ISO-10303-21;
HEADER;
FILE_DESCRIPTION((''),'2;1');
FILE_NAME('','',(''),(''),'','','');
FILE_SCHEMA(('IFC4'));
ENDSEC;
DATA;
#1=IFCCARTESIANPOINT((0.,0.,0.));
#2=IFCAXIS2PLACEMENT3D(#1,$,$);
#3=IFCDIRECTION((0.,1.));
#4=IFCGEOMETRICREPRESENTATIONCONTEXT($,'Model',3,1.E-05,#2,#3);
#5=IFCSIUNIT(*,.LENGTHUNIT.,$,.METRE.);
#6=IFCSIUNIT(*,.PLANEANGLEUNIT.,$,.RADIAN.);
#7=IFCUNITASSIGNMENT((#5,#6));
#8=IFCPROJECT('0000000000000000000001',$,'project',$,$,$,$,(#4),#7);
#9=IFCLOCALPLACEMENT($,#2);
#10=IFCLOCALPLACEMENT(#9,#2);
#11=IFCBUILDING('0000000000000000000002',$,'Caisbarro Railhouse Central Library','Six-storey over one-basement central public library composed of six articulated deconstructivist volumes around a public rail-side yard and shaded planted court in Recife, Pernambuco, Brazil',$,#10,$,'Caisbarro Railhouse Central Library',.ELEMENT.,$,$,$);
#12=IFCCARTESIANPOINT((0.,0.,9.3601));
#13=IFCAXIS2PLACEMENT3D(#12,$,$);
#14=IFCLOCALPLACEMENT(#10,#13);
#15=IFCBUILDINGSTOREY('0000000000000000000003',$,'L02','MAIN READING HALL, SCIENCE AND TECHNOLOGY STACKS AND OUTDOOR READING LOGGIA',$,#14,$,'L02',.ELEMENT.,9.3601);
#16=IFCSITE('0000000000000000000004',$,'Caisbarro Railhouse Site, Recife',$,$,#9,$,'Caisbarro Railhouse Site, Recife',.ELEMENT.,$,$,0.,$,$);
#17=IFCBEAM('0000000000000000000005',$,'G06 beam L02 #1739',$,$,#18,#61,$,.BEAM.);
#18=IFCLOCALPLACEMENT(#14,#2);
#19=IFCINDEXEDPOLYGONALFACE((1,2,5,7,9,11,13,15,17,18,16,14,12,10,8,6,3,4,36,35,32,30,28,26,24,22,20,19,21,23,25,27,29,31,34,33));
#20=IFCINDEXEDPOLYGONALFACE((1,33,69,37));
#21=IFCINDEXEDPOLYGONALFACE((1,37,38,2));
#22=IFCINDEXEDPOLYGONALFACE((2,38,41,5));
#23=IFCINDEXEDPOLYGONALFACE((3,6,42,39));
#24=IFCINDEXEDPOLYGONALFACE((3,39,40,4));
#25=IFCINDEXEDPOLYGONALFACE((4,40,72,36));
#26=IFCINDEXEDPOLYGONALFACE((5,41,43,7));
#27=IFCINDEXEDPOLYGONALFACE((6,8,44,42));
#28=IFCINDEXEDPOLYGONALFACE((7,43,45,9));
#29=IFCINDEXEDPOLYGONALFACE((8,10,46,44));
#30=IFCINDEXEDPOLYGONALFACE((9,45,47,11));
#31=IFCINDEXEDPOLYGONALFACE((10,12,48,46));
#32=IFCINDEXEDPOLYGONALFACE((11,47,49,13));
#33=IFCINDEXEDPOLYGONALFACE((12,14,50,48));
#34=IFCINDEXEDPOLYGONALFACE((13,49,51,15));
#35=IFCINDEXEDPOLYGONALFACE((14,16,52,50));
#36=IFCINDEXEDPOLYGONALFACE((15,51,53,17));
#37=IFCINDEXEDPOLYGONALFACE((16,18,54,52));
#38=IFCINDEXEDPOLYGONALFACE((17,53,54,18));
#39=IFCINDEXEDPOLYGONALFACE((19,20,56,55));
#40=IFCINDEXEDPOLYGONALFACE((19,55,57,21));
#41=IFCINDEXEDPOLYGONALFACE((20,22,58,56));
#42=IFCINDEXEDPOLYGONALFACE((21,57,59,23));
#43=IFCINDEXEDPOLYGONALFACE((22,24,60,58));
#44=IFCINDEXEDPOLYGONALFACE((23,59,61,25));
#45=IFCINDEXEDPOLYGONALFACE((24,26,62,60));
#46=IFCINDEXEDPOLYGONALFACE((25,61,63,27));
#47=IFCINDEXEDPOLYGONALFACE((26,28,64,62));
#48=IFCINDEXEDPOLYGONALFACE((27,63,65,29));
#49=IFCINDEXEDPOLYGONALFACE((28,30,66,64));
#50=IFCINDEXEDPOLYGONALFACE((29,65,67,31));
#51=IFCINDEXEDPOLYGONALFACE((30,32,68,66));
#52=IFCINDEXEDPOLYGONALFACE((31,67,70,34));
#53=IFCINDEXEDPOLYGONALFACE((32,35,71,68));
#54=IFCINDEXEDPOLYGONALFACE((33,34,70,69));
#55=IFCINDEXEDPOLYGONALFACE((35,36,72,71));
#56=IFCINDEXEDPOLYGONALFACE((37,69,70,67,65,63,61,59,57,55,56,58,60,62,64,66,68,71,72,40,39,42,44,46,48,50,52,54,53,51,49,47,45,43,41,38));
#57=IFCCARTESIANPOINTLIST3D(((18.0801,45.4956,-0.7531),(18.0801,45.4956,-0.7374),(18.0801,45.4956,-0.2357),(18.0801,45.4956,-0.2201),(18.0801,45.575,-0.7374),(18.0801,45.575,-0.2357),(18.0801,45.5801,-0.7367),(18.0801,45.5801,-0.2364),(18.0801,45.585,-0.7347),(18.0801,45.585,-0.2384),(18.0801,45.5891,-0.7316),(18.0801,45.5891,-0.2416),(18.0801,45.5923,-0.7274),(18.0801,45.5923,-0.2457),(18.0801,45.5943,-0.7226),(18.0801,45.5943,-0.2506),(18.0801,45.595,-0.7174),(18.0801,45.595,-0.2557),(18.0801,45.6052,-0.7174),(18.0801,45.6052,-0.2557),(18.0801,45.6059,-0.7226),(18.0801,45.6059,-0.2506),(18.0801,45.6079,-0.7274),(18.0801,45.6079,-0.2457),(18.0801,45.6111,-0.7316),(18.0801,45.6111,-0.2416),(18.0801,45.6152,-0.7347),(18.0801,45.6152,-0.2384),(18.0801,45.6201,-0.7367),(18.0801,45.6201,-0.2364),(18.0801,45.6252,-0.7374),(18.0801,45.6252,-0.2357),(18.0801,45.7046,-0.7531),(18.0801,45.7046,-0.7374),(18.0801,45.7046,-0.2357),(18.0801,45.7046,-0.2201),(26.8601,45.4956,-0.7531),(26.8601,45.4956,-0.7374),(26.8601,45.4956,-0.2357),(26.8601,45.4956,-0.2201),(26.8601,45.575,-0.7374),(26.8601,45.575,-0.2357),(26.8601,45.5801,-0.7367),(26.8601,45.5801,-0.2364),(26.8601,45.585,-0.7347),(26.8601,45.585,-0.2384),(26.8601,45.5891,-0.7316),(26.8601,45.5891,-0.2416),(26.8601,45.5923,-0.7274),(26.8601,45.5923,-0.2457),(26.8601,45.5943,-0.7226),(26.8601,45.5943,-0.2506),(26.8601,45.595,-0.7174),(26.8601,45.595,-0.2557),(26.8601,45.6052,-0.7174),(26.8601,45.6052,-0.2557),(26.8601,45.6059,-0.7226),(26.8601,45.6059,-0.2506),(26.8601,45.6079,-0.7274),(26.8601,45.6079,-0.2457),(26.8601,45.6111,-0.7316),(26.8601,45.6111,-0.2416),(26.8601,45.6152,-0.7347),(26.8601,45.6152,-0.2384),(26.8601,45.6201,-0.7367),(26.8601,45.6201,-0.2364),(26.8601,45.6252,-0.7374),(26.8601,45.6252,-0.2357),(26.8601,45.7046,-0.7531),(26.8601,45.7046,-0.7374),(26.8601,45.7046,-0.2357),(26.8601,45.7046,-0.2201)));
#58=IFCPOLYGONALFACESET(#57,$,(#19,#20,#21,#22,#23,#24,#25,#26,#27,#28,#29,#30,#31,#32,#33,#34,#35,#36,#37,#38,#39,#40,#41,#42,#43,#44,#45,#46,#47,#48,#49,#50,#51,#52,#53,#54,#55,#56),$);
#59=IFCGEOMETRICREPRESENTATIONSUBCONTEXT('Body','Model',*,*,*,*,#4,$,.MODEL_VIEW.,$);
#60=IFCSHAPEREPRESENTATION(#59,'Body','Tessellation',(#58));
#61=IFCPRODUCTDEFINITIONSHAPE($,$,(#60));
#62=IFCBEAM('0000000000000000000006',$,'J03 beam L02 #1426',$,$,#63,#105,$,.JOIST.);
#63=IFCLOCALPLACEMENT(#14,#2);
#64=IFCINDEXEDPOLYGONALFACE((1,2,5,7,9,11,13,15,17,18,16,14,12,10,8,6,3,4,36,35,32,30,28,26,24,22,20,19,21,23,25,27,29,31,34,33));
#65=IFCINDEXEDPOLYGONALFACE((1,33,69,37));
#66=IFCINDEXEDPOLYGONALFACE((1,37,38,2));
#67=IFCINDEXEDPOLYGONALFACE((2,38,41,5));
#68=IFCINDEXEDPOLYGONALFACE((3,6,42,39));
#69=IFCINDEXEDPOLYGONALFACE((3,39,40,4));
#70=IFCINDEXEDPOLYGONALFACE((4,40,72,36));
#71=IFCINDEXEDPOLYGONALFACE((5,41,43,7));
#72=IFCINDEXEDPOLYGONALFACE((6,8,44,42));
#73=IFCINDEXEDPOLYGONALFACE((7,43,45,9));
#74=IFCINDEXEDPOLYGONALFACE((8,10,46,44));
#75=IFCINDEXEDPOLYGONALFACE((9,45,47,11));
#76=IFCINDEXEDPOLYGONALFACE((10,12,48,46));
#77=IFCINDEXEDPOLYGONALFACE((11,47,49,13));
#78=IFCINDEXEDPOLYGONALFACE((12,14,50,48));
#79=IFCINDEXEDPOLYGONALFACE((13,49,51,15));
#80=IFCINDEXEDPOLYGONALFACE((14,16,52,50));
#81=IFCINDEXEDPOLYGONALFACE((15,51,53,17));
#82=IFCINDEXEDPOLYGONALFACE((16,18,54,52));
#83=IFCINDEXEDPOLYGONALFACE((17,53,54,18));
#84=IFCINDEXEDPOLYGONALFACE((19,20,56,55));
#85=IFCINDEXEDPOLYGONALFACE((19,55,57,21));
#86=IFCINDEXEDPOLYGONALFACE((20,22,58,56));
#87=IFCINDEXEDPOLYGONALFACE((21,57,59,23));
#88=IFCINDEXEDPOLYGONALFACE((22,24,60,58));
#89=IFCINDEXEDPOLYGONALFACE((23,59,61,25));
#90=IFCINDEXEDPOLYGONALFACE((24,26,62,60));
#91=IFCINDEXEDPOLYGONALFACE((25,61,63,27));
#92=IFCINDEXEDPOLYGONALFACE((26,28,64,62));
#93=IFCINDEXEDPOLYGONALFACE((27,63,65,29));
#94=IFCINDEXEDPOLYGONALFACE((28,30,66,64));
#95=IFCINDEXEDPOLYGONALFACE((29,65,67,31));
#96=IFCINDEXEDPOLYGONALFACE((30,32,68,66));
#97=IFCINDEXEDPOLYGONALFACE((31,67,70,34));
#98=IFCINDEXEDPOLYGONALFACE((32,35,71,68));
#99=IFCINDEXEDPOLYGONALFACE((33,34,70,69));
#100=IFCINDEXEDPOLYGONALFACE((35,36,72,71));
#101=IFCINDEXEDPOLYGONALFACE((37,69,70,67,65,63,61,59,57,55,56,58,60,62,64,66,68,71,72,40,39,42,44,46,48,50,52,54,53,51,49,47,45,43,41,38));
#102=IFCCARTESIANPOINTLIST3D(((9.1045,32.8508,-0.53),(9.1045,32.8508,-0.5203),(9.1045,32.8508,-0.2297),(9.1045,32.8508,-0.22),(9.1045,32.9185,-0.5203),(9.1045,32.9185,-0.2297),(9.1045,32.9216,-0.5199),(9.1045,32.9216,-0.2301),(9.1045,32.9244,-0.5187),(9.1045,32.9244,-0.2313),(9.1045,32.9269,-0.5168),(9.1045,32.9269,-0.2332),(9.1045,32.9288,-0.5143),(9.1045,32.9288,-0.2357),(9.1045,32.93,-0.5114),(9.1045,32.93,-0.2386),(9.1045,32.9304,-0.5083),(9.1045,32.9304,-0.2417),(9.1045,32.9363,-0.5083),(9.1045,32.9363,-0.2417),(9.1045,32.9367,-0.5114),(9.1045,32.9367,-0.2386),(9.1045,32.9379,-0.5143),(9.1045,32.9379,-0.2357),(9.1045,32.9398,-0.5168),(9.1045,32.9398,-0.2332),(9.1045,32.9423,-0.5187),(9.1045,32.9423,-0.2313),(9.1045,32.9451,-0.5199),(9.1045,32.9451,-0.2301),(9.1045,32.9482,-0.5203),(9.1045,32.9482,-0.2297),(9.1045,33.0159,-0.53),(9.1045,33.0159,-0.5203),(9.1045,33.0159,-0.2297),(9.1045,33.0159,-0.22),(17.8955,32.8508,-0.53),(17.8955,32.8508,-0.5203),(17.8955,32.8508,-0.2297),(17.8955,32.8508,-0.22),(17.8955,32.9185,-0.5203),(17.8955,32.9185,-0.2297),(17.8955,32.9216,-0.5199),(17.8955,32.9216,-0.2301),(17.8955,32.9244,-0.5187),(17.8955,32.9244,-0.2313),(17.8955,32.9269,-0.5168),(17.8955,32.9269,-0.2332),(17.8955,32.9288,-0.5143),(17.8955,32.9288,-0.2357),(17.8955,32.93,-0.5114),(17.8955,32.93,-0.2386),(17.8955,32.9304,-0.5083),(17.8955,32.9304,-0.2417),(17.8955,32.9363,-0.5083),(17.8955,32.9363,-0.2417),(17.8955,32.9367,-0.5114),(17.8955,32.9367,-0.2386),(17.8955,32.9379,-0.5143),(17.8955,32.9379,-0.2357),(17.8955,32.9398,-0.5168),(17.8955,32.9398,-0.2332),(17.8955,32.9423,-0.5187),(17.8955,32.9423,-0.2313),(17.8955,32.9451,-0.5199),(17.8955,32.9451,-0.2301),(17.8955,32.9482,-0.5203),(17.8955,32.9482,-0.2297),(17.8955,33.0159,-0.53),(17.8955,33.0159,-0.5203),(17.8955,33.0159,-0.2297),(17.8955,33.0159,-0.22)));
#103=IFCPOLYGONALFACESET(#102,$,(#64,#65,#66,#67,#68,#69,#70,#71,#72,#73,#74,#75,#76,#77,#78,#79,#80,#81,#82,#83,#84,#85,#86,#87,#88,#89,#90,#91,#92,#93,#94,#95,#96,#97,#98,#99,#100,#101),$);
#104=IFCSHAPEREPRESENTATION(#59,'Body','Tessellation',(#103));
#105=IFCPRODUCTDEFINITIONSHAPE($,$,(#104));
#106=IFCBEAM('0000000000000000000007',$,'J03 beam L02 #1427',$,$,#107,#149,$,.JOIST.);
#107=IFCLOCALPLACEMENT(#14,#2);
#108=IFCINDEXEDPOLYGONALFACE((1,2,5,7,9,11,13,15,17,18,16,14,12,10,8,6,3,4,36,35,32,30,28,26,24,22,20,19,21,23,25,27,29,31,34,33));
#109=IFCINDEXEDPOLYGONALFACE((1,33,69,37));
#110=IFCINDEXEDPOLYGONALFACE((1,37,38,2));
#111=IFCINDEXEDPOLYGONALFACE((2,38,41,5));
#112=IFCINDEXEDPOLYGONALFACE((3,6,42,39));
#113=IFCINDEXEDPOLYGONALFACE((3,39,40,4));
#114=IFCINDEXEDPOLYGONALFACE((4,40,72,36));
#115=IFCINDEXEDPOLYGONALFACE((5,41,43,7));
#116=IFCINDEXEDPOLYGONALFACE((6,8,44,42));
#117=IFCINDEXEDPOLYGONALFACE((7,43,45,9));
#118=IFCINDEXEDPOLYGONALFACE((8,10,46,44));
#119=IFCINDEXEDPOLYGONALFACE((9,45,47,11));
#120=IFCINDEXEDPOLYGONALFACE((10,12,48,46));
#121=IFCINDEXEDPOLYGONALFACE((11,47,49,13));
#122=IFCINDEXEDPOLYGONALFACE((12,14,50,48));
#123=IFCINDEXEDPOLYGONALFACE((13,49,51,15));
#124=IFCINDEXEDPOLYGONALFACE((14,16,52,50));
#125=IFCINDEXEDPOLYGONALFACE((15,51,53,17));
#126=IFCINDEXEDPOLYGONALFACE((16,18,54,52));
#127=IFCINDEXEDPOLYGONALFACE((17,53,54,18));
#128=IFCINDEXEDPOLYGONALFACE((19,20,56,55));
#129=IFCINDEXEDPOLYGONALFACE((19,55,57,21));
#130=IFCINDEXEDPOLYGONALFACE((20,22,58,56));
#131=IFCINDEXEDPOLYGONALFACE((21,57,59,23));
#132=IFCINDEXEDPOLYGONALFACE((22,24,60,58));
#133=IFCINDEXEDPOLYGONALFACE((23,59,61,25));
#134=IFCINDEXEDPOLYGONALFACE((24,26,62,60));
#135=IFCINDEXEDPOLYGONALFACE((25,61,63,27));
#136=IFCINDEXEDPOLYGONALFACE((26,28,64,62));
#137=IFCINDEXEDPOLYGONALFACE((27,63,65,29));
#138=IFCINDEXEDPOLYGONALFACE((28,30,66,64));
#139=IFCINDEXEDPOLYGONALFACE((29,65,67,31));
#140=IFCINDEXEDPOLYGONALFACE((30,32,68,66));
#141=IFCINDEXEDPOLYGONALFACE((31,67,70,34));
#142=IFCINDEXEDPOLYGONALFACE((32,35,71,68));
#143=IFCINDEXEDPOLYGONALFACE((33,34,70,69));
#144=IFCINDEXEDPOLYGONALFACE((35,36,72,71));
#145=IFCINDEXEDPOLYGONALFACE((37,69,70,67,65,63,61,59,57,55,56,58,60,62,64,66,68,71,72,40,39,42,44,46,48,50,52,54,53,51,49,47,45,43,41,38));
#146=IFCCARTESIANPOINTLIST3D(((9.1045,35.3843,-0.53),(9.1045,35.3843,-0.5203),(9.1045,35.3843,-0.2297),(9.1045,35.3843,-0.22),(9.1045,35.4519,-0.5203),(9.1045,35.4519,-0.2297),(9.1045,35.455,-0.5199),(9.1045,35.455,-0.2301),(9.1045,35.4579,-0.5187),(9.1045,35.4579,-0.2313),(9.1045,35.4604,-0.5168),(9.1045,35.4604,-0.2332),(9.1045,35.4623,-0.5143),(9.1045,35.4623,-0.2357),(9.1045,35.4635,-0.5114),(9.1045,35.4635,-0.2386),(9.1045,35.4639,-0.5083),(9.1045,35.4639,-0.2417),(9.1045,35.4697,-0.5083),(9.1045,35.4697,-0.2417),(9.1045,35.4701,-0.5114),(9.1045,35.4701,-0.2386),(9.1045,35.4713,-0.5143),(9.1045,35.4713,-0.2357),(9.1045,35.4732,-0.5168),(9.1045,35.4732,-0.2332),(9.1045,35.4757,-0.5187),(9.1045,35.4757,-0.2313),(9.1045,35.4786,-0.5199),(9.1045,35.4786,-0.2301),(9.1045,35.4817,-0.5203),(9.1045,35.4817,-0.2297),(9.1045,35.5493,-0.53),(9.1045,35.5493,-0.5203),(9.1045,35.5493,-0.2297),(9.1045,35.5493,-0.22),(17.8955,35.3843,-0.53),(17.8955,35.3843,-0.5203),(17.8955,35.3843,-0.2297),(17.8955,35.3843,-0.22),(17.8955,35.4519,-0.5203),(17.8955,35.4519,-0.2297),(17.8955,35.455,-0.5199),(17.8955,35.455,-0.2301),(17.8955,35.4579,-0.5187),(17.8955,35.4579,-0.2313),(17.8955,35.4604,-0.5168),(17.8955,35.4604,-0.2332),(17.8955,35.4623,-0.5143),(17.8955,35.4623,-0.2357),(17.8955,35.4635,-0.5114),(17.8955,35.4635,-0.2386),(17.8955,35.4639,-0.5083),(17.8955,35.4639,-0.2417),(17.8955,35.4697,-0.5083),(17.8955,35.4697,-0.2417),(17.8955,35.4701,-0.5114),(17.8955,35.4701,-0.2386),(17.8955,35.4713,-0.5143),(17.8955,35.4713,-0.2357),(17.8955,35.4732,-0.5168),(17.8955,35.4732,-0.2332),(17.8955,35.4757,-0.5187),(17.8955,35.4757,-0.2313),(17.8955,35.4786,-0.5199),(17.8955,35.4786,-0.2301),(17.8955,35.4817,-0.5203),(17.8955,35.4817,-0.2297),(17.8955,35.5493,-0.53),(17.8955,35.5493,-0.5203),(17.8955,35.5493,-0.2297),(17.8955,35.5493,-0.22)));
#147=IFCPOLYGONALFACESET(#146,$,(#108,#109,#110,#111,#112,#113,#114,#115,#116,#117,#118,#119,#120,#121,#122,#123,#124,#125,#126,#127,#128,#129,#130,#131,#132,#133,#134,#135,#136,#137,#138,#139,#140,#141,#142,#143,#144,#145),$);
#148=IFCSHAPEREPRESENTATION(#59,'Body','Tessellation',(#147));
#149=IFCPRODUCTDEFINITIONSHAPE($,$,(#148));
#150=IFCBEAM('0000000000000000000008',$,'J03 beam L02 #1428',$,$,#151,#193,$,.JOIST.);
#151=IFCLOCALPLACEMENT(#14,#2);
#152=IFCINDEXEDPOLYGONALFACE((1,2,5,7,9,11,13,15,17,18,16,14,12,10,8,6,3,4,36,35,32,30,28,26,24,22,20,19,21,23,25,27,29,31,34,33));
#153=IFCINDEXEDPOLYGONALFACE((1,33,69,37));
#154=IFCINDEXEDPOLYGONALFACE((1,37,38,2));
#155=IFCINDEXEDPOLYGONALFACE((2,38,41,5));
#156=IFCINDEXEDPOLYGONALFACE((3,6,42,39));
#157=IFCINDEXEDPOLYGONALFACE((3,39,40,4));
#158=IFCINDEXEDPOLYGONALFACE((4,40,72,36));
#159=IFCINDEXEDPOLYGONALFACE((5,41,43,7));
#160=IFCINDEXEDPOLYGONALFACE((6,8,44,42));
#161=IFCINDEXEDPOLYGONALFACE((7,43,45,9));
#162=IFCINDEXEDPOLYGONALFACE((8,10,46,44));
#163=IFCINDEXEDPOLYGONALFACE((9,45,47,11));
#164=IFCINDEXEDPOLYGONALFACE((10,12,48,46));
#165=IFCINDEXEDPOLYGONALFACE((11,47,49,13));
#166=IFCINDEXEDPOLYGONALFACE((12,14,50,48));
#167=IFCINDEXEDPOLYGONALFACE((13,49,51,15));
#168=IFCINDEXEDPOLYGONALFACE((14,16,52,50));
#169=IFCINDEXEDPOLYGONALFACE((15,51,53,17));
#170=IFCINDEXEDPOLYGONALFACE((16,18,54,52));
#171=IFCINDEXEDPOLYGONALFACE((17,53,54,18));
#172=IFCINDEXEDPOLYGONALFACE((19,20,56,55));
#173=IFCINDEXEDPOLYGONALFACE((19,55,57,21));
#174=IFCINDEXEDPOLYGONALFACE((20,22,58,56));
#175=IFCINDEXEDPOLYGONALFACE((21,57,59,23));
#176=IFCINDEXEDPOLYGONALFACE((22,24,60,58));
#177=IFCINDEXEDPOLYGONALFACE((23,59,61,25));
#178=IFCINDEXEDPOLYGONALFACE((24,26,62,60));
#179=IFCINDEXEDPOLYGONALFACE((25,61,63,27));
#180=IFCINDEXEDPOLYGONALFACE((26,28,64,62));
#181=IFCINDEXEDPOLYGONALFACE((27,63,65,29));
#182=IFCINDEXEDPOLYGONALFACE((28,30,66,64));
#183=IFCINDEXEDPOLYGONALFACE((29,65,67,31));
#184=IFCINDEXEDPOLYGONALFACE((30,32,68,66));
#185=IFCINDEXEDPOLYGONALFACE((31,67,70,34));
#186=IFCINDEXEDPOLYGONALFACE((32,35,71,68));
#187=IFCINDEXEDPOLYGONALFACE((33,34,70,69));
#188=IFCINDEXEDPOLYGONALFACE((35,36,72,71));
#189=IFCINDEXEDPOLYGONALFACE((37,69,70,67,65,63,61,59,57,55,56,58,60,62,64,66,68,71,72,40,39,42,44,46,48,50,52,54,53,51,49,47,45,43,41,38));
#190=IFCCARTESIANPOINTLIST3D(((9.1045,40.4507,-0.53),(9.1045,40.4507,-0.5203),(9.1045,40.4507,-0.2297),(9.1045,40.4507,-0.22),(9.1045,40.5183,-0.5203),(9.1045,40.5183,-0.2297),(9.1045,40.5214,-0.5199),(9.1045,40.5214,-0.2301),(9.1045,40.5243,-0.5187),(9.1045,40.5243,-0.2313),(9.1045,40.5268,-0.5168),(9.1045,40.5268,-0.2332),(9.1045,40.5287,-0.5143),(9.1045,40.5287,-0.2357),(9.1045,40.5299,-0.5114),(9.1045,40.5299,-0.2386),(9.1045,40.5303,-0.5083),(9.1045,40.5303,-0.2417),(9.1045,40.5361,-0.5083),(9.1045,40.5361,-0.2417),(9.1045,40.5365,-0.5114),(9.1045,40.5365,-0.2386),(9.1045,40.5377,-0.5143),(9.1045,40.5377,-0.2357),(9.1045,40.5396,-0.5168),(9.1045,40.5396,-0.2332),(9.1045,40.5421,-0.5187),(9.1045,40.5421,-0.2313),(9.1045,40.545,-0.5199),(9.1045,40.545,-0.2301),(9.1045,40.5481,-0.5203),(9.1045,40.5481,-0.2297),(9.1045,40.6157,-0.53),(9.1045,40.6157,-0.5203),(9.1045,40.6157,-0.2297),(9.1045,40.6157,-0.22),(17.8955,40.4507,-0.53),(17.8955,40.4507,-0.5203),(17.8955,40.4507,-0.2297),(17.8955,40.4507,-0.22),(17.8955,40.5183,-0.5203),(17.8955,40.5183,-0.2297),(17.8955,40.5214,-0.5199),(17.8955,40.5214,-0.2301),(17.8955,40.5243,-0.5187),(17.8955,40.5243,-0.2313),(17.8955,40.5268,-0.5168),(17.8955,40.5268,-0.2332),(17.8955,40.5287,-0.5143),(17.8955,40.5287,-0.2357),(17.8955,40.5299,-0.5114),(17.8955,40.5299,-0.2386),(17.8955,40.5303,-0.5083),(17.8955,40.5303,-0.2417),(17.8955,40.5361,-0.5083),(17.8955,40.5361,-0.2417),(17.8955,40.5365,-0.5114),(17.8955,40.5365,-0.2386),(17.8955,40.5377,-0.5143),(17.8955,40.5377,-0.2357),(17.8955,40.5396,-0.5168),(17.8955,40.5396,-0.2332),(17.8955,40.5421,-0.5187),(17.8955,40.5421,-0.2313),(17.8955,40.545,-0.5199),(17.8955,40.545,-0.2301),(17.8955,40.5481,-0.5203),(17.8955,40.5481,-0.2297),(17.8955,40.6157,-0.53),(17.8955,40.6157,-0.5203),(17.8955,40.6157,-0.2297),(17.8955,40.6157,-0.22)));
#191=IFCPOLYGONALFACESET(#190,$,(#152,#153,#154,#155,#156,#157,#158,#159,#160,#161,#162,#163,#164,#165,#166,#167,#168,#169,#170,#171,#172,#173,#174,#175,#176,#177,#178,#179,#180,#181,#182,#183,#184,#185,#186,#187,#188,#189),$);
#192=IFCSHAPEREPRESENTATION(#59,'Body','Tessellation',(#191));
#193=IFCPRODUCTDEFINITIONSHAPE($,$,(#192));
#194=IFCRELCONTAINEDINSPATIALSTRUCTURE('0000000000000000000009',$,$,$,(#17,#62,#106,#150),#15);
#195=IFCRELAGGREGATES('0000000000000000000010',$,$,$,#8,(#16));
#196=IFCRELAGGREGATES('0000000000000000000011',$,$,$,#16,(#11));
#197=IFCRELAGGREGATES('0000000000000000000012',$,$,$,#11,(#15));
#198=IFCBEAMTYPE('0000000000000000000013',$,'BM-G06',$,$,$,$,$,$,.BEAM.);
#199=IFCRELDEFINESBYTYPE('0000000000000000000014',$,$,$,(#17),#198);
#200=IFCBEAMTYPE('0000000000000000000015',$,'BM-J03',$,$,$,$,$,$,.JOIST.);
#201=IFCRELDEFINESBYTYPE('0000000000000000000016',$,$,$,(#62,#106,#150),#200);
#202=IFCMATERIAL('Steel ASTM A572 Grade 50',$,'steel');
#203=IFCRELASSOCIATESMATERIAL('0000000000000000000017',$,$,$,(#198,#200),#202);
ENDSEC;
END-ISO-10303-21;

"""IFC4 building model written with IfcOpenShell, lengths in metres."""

from ifc_helpers import new_model, si_unit, direction, frame, origin, origin_2d, place, context, subcontext, project, spatial, i_section, extrude, material, material_profile, profile_set, type_object, element, save


model = new_model("IFC4")

# Units and contexts
model_context = context("Model", 3, precision=1e-05, world=origin(), true_north=direction((0.0, 1.0)))
body_context = subcontext(model_context, "Body", "Model", "MODEL_VIEW")
ifc_project = project(units=[si_unit("LENGTHUNIT", "METRE"), si_unit("PLANEANGLEUNIT", "RADIAN")], contexts=[model_context])

# Site, building, storey
site_placement = place(None, origin())
site = spatial("IfcSite", under=ifc_project, at=site_placement, Name="Caisbarro Railhouse Site, Recife", LongName="Caisbarro Railhouse Site, Recife", CompositionType="ELEMENT", RefElevation=0.0)
building_placement = place(site_placement, origin())
building = spatial("IfcBuilding", under=site, at=building_placement, Name="Caisbarro Railhouse Central Library", Description="Six-storey over one-basement central public library composed of six articulated deconstructivist volumes around a public rail-side yard and shaded planted court in Recife, Pernambuco, Brazil", LongName="Caisbarro Railhouse Central Library", CompositionType="ELEMENT")
storey_placement = place(building_placement, frame((0.0, 0.0, 9.3601)))
storey = spatial("IfcBuildingStorey", under=building, at=storey_placement, Name="L02", Description="MAIN READING HALL, SCIENCE AND TECHNOLOGY STACKS AND OUTDOOR READING LOGGIA", LongName="L02", CompositionType="ELEMENT", Elevation=9.3601)

# Shared definitions
ifc_material_1 = material(Name="Steel ASTM A572 Grade 50", Category="steel")

# Beams
ifc_material_profile_1 = material_profile(ifc_material_1, i_section(OverallWidth=0.209, OverallDepth=0.533, WebThickness=0.0103, FlangeThickness=0.0156, FilletRadius=0.02, at=origin_2d()), Name="W530X92.0")
ifc_profile_set_1 = profile_set([ifc_material_profile_1], Name="Steel ASTM A572 Grade 50")
beam_type_1 = type_object("IfcBeamType", Name="BM-G06", PredefinedType="BEAM", material=ifc_profile_set_1)
beam_1_placement = place(storey_placement, frame((18.0801, 45.6001, -0.4866), z_axis=(1.0, 0.0, 0.0), x_axis=(0.0, 1.0, 0.0)))
element("IfcBeam", 1, at=beam_1_placement, inside=storey, type_object=beam_type_1, Name="G06 beam L02 #1739", PredefinedType="BEAM", context=body_context, shape_type="SweptSolid", body=[
    extrude(i_section(OverallWidth=0.209, OverallDepth=0.533, WebThickness=0.0103, FlangeThickness=0.0156, FilletRadius=0.02, at=origin_2d()), origin(), (0.0, 0.0, 1.0), 8.78),
])
ifc_material_profile_2 = material_profile(ifc_material_1, i_section(OverallWidth=0.165, OverallDepth=0.3101, WebThickness=0.0059, FlangeThickness=0.0098, FilletRadius=0.012, at=origin_2d()), Name="W310X38.7")
ifc_profile_set_2 = profile_set([ifc_material_profile_2], Name="Steel ASTM A572 Grade 50")
beam_type_2 = type_object("IfcBeamType", Name="BM-J03", PredefinedType="JOIST", material=ifc_profile_set_2)
for number, where, z_axis, x_axis, name in (
    (2, (9.1045, 32.9333, -0.375), (1.0, 0.0, 0.0), (0.0, 1.0, 0.0), "J03 beam L02 #1426"),
    (3, (9.1045, 35.4668, -0.375), (1.0, 0.0, 0.0), (0.0, 1.0, 0.0), "J03 beam L02 #1427"),
    (4, (9.1045, 40.5332, -0.375), (1.0, 0.0, 0.0), (0.0, 1.0, 0.0), "J03 beam L02 #1428"),
):
    element("IfcBeam", number, at=place(storey_placement, frame(where, z_axis=z_axis, x_axis=x_axis)), inside=storey, type_object=beam_type_2, Name=name, PredefinedType="JOIST", context=body_context, shape_type="SweptSolid", body=[
        extrude(i_section(OverallWidth=0.165, OverallDepth=0.3101, WebThickness=0.0059, FlangeThickness=0.0098, FilletRadius=0.012, at=origin_2d()), origin(), (0.0, 0.0, 1.0), 8.791),
    ])

save(model, "model.ifc")
